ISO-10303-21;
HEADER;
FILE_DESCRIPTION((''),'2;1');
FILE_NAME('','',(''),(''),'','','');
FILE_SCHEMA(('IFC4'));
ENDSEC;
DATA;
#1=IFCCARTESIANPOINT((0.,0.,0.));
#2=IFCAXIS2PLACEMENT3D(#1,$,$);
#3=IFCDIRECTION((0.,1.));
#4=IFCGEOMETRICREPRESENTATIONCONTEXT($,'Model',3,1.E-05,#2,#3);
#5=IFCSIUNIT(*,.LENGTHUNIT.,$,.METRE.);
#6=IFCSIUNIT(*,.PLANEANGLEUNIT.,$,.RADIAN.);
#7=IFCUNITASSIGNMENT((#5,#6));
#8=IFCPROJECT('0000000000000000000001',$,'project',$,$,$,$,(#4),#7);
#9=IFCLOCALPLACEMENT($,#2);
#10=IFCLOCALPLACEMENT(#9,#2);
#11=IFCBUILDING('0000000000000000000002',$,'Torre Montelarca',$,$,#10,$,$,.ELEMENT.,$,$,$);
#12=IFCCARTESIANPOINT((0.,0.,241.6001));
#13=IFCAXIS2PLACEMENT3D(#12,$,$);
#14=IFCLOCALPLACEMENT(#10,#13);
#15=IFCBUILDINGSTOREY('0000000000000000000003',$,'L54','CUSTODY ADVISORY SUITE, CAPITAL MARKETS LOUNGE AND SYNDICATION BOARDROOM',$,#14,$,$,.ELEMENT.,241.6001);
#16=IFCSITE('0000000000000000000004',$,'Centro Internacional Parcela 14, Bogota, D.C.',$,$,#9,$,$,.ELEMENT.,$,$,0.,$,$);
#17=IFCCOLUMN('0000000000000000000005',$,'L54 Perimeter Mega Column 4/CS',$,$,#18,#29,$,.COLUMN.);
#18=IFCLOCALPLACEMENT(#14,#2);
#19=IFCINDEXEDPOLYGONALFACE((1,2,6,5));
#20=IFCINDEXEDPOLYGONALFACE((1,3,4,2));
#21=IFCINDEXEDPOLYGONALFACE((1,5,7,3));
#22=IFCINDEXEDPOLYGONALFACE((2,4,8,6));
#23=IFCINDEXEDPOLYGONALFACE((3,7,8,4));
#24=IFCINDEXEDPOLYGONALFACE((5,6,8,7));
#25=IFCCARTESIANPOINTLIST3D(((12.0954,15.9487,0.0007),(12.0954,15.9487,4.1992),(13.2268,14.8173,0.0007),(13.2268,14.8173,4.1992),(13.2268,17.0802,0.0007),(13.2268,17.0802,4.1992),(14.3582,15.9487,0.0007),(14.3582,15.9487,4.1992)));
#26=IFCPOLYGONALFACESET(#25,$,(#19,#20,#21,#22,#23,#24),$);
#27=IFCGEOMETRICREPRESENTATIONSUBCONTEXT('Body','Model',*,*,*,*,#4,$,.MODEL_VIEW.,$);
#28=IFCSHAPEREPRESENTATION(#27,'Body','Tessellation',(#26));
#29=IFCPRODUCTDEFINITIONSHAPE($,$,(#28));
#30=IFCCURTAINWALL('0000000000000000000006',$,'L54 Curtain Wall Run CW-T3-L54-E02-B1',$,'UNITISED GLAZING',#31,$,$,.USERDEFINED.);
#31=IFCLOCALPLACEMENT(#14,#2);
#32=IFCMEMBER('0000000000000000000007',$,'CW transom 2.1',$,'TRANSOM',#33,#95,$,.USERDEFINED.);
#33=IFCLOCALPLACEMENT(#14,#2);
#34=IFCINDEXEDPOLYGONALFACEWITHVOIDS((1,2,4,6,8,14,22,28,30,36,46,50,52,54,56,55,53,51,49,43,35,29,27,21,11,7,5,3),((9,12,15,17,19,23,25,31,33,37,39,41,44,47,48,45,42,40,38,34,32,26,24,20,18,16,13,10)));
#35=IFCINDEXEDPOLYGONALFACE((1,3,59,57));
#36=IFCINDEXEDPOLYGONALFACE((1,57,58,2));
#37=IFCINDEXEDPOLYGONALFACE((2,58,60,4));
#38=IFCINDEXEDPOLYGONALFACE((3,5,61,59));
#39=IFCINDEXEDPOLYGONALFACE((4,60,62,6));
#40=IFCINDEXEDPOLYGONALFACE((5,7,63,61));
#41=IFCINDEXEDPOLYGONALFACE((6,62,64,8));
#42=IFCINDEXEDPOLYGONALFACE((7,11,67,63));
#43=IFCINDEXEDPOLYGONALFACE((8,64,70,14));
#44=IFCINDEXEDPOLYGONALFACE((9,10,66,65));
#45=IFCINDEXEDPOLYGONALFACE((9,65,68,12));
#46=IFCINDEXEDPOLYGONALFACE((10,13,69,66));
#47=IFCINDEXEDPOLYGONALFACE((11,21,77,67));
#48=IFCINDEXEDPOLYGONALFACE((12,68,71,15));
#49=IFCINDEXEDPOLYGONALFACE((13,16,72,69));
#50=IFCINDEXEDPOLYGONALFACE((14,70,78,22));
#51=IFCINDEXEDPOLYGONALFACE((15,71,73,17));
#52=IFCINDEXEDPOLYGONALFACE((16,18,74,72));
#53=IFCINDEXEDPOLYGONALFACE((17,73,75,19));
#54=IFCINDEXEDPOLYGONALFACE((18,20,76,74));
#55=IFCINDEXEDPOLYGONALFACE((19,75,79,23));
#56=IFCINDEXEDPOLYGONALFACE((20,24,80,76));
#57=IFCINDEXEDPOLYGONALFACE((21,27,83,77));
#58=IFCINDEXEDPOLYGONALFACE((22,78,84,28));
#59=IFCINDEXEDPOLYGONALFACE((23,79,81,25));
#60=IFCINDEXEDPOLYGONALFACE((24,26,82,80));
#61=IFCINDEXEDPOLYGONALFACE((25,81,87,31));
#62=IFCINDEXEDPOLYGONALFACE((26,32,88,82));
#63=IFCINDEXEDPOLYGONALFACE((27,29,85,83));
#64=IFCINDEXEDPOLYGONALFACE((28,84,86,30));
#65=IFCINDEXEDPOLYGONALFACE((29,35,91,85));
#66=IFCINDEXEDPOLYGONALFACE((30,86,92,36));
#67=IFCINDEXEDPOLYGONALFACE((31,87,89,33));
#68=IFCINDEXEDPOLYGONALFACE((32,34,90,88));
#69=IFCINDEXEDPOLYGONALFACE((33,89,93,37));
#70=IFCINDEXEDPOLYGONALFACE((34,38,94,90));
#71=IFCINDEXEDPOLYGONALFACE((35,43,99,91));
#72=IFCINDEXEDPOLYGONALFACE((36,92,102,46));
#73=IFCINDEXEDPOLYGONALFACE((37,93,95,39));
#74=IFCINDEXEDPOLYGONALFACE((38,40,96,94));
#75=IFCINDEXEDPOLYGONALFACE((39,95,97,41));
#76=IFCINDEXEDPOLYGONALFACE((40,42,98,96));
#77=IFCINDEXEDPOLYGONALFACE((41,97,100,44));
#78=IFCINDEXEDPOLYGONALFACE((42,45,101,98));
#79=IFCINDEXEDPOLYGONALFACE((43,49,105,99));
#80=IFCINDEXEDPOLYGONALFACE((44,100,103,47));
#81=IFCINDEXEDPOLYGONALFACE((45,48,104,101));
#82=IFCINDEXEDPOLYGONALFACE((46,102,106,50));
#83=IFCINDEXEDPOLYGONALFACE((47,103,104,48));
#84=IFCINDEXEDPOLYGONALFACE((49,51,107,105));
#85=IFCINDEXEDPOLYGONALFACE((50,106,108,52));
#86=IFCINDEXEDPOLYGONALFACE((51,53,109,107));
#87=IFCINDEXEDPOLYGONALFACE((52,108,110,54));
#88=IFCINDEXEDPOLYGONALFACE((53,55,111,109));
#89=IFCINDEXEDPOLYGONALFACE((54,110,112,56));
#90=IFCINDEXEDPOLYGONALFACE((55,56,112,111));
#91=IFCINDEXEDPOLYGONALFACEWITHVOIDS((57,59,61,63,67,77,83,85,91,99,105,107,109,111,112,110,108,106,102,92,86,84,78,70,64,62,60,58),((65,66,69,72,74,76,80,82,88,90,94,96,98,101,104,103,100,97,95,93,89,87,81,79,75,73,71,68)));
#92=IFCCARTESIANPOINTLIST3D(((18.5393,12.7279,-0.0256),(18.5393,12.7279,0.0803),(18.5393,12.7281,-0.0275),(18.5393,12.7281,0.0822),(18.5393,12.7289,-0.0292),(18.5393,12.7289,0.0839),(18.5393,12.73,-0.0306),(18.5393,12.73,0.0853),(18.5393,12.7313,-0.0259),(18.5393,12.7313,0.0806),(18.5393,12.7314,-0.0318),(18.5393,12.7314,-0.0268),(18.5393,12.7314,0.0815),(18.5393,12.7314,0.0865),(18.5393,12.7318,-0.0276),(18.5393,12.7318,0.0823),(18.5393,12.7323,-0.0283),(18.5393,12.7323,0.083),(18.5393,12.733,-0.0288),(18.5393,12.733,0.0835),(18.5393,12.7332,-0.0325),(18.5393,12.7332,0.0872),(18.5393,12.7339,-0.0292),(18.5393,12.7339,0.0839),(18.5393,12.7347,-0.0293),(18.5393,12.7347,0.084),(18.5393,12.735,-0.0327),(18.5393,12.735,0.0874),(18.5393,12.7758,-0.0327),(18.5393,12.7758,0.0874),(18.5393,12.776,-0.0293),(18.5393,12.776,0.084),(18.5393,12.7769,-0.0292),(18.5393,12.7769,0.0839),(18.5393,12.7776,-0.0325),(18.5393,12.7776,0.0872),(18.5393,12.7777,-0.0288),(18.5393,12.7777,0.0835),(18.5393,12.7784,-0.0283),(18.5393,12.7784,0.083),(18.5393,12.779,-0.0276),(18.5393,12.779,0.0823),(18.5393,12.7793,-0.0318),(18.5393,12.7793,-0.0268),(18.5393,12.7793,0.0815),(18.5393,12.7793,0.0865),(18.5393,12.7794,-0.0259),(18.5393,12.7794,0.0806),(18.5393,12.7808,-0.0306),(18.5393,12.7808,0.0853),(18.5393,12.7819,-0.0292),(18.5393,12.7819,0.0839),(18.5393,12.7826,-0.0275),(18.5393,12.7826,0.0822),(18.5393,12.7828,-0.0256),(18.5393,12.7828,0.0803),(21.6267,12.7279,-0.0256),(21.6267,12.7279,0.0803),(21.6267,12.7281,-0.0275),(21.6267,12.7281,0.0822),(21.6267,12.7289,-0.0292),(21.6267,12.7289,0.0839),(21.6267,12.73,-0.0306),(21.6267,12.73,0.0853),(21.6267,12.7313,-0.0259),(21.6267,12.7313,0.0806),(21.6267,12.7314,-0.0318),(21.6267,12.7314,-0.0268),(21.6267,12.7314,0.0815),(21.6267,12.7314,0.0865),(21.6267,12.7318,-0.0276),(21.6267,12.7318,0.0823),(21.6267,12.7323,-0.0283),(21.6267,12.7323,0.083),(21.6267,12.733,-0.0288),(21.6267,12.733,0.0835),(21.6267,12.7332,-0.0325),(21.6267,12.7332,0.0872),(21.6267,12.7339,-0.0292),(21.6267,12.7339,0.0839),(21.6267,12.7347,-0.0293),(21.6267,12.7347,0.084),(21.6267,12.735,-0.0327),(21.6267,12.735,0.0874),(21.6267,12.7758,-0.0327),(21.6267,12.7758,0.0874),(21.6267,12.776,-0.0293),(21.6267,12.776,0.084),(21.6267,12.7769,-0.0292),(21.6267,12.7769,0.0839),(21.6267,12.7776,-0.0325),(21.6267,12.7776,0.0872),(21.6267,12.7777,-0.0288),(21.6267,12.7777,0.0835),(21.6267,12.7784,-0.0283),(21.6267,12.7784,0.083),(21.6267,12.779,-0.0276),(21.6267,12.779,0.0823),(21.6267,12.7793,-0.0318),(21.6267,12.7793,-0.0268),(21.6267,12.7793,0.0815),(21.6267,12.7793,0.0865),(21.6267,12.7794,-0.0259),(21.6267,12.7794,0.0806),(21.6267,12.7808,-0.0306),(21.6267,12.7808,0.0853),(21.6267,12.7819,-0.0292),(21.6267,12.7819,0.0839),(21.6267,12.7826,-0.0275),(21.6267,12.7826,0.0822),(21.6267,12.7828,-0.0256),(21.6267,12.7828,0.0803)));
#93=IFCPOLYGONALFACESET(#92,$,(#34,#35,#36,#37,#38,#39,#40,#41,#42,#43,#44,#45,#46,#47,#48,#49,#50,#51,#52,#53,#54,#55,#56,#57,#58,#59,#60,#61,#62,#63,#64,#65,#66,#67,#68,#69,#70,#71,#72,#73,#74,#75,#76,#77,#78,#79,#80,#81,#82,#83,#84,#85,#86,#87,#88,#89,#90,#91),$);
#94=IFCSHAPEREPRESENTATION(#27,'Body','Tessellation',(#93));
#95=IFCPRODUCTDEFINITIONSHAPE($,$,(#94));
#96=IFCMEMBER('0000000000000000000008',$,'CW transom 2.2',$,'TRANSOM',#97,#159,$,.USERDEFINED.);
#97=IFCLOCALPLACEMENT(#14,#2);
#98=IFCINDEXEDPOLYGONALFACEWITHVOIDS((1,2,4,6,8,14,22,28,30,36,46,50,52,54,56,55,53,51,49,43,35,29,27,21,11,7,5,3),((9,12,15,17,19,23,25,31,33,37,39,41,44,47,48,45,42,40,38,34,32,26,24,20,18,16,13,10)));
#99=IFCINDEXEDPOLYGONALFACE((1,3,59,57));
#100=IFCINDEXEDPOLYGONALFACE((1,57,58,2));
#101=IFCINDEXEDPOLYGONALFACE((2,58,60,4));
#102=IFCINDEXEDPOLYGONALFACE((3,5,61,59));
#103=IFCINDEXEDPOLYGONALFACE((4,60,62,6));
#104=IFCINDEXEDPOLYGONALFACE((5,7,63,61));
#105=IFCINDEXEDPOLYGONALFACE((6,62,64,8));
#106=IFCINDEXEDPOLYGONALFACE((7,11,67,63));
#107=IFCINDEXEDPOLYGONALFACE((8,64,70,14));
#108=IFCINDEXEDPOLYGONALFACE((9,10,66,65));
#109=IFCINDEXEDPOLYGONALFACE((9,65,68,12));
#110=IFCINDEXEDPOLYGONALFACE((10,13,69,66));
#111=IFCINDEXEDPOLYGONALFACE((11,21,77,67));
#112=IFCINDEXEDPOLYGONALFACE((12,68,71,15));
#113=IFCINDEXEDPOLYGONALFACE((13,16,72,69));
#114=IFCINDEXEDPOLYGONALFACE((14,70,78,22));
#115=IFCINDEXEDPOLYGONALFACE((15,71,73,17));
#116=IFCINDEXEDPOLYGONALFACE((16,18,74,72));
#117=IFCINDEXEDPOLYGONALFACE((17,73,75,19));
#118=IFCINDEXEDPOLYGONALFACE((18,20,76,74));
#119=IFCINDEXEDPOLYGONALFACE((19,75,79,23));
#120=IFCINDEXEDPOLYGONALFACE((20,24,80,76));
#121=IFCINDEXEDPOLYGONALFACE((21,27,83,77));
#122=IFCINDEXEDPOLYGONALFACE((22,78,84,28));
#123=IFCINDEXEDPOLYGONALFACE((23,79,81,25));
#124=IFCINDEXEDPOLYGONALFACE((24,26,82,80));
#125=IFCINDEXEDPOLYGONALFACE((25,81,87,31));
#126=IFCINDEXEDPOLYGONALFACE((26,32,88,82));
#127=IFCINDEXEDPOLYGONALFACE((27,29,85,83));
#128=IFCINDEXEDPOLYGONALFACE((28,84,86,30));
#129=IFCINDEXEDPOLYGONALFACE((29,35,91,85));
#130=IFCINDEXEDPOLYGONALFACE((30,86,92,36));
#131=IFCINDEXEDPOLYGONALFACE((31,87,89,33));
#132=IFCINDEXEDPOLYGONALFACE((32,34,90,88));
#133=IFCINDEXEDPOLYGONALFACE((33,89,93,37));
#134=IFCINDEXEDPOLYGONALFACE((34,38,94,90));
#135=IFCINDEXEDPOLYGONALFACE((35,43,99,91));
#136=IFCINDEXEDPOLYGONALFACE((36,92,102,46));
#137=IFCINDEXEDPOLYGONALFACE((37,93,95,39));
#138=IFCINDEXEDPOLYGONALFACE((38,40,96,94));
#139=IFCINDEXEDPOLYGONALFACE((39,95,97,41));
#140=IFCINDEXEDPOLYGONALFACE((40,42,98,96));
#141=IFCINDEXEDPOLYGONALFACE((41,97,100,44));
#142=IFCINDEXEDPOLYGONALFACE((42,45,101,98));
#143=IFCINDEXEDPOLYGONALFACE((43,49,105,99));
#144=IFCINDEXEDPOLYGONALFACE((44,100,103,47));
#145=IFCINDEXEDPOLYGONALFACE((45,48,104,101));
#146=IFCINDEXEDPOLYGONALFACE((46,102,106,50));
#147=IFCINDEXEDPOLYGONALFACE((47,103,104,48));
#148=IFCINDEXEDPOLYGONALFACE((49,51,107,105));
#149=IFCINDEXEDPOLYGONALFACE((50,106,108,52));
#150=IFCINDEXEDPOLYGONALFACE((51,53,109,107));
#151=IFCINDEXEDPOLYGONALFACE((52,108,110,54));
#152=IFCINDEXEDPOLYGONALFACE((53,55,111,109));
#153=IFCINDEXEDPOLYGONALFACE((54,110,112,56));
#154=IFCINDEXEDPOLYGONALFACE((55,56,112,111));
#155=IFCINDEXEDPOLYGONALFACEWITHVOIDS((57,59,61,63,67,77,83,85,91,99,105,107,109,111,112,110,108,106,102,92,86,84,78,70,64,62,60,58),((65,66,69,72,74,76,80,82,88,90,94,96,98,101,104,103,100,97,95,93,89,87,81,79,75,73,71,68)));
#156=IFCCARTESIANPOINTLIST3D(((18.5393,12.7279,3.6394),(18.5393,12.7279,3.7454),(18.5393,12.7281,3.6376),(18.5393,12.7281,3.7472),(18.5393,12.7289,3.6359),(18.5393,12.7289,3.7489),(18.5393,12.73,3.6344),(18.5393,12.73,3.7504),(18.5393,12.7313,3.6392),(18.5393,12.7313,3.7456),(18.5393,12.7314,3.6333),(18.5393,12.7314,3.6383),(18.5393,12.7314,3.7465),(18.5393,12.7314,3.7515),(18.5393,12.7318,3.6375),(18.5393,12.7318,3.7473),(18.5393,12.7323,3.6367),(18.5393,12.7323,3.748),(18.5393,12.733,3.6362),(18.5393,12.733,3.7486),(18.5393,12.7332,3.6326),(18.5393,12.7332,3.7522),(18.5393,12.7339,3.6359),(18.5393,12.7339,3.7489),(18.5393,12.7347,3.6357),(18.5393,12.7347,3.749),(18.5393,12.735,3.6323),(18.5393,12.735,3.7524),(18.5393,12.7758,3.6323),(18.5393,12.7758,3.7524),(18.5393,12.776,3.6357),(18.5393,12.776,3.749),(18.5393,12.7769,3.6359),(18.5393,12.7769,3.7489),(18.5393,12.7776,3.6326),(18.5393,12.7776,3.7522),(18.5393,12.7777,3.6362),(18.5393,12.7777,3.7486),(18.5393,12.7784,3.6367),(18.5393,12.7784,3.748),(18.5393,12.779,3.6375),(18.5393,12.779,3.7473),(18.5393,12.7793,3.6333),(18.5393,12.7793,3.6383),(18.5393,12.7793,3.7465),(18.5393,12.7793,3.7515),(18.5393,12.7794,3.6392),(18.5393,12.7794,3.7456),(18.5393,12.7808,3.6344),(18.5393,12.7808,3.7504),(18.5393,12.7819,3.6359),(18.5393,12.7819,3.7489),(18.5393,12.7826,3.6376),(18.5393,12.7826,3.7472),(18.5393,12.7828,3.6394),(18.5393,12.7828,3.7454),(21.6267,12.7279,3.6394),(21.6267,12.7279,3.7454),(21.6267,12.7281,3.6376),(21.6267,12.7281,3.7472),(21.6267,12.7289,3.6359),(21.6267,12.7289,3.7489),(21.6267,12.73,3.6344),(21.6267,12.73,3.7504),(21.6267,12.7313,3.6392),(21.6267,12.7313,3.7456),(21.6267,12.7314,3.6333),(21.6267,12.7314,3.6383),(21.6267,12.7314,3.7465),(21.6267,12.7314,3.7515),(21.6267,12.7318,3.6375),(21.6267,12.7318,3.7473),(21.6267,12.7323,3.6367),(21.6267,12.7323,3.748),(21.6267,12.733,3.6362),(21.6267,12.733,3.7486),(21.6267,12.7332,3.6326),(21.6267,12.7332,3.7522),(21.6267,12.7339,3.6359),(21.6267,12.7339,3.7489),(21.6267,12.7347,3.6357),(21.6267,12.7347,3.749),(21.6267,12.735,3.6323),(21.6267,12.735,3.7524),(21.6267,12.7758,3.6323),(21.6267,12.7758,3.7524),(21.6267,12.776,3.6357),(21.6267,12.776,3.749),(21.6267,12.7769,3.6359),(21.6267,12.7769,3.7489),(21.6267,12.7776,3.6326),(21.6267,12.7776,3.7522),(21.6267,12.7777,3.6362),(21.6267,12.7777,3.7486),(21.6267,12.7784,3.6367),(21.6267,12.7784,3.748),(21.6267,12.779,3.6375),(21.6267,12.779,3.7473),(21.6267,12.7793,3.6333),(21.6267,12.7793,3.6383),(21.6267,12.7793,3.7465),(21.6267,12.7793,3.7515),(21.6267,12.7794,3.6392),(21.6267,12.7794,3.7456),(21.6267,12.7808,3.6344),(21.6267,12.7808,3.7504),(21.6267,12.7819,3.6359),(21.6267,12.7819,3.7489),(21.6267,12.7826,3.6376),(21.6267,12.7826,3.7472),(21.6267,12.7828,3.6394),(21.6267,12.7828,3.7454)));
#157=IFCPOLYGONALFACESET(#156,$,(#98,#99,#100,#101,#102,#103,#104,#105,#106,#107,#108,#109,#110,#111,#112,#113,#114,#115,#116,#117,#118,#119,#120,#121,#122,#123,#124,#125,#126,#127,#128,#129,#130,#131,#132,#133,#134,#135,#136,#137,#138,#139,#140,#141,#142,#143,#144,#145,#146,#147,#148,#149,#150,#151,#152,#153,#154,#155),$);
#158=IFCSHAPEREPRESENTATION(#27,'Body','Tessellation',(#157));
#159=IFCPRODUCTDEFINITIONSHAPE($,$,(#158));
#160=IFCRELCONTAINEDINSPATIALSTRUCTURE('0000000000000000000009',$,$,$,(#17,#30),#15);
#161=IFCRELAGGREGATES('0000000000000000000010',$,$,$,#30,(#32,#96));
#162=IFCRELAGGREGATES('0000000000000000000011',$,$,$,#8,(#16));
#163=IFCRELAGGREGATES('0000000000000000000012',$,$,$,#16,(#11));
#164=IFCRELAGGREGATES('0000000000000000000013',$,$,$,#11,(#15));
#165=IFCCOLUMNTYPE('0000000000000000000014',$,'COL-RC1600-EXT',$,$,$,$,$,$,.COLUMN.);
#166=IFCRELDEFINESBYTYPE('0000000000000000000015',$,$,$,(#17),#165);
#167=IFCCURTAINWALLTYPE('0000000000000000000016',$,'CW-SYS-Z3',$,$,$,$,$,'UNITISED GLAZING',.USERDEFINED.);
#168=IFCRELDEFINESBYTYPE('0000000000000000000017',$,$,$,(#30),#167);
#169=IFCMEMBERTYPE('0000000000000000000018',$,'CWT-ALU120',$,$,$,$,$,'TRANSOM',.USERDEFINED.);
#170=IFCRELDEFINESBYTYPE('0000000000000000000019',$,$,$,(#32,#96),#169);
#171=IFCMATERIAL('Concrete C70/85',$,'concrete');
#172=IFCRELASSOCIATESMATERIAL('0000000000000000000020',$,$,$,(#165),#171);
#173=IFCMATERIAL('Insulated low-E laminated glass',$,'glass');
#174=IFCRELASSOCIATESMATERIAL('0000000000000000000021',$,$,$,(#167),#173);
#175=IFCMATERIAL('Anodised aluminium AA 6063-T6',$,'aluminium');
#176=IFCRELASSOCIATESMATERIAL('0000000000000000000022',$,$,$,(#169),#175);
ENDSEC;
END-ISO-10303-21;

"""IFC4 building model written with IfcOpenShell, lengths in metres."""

from ifc_helpers import new_model, si_unit, direction, frame, origin, origin_2d, place, context, subcontext, project, spatial, rectangle, hollow_rectangle, extrude, source, transform, mapped, material, material_profile, profile_set, type_object, element, aggregate, save


model = new_model("IFC4")

# Units and contexts
model_context = context("Model", 3, precision=1e-05, world=origin(), true_north=direction((0.0, 1.0)))
body_context = subcontext(model_context, "Body", "Model", "MODEL_VIEW")
ifc_project = project(units=[si_unit("LENGTHUNIT", "METRE"), si_unit("PLANEANGLEUNIT", "RADIAN")], contexts=[model_context])

# Site, building, storey
site_placement = place(None, origin())
site = spatial("IfcSite", under=ifc_project, at=site_placement, Name="Centro Internacional Parcela 14, Bogota, D.C.", CompositionType="ELEMENT", RefElevation=0.0)
building_placement = place(site_placement, origin())
building = spatial("IfcBuilding", under=site, at=building_placement, Name="Torre Montelarca", CompositionType="ELEMENT")
storey_placement = place(building_placement, frame((0.0, 0.0, 241.6001)))
storey = spatial("IfcBuildingStorey", under=building, at=storey_placement, Name="L54", Description="CUSTODY ADVISORY SUITE, CAPITAL MARKETS LOUNGE AND SYNDICATION BOARDROOM", CompositionType="ELEMENT", Elevation=241.6001)

# Column
ifc_material_1 = material(Name="Concrete C70/85", Category="concrete")
ifc_material_profile_1 = material_profile(ifc_material_1, rectangle(XDim=1.6001, YDim=1.6001, at=origin_2d()), Name="RC1600X1600", Category="concrete")
ifc_profile_set_1 = profile_set([ifc_material_profile_1], Name="Concrete C70/85")
column_type = type_object("IfcColumnType", Name="COL-RC1600-EXT", PredefinedType="COLUMN", material=ifc_profile_set_1)
shared_shape_1 = source(origin(), body_context, "Body", "SweptSolid", [
    extrude(rectangle(XDim=1.6001, YDim=1.6001, at=origin_2d()), origin(), (0.0, 0.0, 1.0), 4.1985),
])
column_placement = place(storey_placement, frame((13.2268, 15.9487, 0.0007), z_axis=(0.0, 0.0, 1.0), x_axis=(-0.707107, 0.707107, 0.0)))
element("IfcColumn", 1, at=column_placement, inside=storey, type_object=column_type, Name="L54 Perimeter Mega Column 4/CS", PredefinedType="COLUMN", context=body_context, shape_type="MappedRepresentation", body=[
    mapped(shared_shape_1, transform((0.0, 0.0, 0.0), scale=1.0)),
])

# Curtain wall, members
ifc_material_2 = material(Name="Insulated low-E laminated glass", Category="glass")
curtain_wall_type = type_object("IfcCurtainWallType", Name="CW-SYS-Z3", ElementType="UNITISED GLAZING", PredefinedType="USERDEFINED", material=ifc_material_2)
curtain_wall_1_placement = place(storey_placement, origin())
curtain_wall_1 = element("IfcCurtainWall", 2, at=curtain_wall_1_placement, inside=storey, type_object=curtain_wall_type, Name="L54 Curtain Wall Run CW-T3-L54-E02-B1", ObjectType="UNITISED GLAZING", PredefinedType="USERDEFINED")
ifc_material_3 = material(Name="Anodised aluminium AA 6063-T6", Category="aluminium")
ifc_material_profile_2 = material_profile(ifc_material_3, hollow_rectangle(XDim=0.0549, YDim=0.1201, WallThickness=0.0034, InnerFilletRadius=0.0034, OuterFilletRadius=0.0071, at=origin_2d()), Name="ALU55X120X3.5", Category="aluminium")
ifc_profile_set_2 = profile_set([ifc_material_profile_2], Name="Anodised aluminium AA 6063-T6")
member_type_1 = type_object("IfcMemberType", Name="CWT-ALU120", ElementType="TRANSOM", PredefinedType="USERDEFINED", material=ifc_profile_set_2)
shared_shape_2 = source(origin(), body_context, "Body", "SweptSolid", [
    extrude(hollow_rectangle(XDim=0.0549, YDim=0.1201, WallThickness=0.0034, InnerFilletRadius=0.0034, OuterFilletRadius=0.0071, at=origin_2d()), origin(), (0.0, 0.0, 1.0), 3.0874),
])
member_1_placement = place(storey_placement, frame((18.5393, 12.7554, 0.0273), z_axis=(1.0, 0.0, 0.0), x_axis=(0.0, 1.0, 0.0)))
member_1 = element("IfcMember", 3, at=member_1_placement, type_object=member_type_1, Name="CW transom 2.1", ObjectType="TRANSOM", PredefinedType="USERDEFINED", context=body_context, shape_type="MappedRepresentation", body=[
    mapped(shared_shape_2, transform((0.0, 0.0, 0.0), scale=1.0)),
])
member_2_placement = place(storey_placement, frame((18.5393, 12.7554, 3.6924), z_axis=(1.0, 0.0, 0.0), x_axis=(0.0, 1.0, 0.0)))
member_2 = element("IfcMember", 4, at=member_2_placement, type_object=member_type_1, Name="CW transom 2.2", ObjectType="TRANSOM", PredefinedType="USERDEFINED", context=body_context, shape_type="MappedRepresentation", body=[
    mapped(shared_shape_2, transform((0.0, 0.0, 0.0), scale=1.0)),
])

aggregate(curtain_wall_1, [member_1, member_2])

save(model, "model.ifc")
